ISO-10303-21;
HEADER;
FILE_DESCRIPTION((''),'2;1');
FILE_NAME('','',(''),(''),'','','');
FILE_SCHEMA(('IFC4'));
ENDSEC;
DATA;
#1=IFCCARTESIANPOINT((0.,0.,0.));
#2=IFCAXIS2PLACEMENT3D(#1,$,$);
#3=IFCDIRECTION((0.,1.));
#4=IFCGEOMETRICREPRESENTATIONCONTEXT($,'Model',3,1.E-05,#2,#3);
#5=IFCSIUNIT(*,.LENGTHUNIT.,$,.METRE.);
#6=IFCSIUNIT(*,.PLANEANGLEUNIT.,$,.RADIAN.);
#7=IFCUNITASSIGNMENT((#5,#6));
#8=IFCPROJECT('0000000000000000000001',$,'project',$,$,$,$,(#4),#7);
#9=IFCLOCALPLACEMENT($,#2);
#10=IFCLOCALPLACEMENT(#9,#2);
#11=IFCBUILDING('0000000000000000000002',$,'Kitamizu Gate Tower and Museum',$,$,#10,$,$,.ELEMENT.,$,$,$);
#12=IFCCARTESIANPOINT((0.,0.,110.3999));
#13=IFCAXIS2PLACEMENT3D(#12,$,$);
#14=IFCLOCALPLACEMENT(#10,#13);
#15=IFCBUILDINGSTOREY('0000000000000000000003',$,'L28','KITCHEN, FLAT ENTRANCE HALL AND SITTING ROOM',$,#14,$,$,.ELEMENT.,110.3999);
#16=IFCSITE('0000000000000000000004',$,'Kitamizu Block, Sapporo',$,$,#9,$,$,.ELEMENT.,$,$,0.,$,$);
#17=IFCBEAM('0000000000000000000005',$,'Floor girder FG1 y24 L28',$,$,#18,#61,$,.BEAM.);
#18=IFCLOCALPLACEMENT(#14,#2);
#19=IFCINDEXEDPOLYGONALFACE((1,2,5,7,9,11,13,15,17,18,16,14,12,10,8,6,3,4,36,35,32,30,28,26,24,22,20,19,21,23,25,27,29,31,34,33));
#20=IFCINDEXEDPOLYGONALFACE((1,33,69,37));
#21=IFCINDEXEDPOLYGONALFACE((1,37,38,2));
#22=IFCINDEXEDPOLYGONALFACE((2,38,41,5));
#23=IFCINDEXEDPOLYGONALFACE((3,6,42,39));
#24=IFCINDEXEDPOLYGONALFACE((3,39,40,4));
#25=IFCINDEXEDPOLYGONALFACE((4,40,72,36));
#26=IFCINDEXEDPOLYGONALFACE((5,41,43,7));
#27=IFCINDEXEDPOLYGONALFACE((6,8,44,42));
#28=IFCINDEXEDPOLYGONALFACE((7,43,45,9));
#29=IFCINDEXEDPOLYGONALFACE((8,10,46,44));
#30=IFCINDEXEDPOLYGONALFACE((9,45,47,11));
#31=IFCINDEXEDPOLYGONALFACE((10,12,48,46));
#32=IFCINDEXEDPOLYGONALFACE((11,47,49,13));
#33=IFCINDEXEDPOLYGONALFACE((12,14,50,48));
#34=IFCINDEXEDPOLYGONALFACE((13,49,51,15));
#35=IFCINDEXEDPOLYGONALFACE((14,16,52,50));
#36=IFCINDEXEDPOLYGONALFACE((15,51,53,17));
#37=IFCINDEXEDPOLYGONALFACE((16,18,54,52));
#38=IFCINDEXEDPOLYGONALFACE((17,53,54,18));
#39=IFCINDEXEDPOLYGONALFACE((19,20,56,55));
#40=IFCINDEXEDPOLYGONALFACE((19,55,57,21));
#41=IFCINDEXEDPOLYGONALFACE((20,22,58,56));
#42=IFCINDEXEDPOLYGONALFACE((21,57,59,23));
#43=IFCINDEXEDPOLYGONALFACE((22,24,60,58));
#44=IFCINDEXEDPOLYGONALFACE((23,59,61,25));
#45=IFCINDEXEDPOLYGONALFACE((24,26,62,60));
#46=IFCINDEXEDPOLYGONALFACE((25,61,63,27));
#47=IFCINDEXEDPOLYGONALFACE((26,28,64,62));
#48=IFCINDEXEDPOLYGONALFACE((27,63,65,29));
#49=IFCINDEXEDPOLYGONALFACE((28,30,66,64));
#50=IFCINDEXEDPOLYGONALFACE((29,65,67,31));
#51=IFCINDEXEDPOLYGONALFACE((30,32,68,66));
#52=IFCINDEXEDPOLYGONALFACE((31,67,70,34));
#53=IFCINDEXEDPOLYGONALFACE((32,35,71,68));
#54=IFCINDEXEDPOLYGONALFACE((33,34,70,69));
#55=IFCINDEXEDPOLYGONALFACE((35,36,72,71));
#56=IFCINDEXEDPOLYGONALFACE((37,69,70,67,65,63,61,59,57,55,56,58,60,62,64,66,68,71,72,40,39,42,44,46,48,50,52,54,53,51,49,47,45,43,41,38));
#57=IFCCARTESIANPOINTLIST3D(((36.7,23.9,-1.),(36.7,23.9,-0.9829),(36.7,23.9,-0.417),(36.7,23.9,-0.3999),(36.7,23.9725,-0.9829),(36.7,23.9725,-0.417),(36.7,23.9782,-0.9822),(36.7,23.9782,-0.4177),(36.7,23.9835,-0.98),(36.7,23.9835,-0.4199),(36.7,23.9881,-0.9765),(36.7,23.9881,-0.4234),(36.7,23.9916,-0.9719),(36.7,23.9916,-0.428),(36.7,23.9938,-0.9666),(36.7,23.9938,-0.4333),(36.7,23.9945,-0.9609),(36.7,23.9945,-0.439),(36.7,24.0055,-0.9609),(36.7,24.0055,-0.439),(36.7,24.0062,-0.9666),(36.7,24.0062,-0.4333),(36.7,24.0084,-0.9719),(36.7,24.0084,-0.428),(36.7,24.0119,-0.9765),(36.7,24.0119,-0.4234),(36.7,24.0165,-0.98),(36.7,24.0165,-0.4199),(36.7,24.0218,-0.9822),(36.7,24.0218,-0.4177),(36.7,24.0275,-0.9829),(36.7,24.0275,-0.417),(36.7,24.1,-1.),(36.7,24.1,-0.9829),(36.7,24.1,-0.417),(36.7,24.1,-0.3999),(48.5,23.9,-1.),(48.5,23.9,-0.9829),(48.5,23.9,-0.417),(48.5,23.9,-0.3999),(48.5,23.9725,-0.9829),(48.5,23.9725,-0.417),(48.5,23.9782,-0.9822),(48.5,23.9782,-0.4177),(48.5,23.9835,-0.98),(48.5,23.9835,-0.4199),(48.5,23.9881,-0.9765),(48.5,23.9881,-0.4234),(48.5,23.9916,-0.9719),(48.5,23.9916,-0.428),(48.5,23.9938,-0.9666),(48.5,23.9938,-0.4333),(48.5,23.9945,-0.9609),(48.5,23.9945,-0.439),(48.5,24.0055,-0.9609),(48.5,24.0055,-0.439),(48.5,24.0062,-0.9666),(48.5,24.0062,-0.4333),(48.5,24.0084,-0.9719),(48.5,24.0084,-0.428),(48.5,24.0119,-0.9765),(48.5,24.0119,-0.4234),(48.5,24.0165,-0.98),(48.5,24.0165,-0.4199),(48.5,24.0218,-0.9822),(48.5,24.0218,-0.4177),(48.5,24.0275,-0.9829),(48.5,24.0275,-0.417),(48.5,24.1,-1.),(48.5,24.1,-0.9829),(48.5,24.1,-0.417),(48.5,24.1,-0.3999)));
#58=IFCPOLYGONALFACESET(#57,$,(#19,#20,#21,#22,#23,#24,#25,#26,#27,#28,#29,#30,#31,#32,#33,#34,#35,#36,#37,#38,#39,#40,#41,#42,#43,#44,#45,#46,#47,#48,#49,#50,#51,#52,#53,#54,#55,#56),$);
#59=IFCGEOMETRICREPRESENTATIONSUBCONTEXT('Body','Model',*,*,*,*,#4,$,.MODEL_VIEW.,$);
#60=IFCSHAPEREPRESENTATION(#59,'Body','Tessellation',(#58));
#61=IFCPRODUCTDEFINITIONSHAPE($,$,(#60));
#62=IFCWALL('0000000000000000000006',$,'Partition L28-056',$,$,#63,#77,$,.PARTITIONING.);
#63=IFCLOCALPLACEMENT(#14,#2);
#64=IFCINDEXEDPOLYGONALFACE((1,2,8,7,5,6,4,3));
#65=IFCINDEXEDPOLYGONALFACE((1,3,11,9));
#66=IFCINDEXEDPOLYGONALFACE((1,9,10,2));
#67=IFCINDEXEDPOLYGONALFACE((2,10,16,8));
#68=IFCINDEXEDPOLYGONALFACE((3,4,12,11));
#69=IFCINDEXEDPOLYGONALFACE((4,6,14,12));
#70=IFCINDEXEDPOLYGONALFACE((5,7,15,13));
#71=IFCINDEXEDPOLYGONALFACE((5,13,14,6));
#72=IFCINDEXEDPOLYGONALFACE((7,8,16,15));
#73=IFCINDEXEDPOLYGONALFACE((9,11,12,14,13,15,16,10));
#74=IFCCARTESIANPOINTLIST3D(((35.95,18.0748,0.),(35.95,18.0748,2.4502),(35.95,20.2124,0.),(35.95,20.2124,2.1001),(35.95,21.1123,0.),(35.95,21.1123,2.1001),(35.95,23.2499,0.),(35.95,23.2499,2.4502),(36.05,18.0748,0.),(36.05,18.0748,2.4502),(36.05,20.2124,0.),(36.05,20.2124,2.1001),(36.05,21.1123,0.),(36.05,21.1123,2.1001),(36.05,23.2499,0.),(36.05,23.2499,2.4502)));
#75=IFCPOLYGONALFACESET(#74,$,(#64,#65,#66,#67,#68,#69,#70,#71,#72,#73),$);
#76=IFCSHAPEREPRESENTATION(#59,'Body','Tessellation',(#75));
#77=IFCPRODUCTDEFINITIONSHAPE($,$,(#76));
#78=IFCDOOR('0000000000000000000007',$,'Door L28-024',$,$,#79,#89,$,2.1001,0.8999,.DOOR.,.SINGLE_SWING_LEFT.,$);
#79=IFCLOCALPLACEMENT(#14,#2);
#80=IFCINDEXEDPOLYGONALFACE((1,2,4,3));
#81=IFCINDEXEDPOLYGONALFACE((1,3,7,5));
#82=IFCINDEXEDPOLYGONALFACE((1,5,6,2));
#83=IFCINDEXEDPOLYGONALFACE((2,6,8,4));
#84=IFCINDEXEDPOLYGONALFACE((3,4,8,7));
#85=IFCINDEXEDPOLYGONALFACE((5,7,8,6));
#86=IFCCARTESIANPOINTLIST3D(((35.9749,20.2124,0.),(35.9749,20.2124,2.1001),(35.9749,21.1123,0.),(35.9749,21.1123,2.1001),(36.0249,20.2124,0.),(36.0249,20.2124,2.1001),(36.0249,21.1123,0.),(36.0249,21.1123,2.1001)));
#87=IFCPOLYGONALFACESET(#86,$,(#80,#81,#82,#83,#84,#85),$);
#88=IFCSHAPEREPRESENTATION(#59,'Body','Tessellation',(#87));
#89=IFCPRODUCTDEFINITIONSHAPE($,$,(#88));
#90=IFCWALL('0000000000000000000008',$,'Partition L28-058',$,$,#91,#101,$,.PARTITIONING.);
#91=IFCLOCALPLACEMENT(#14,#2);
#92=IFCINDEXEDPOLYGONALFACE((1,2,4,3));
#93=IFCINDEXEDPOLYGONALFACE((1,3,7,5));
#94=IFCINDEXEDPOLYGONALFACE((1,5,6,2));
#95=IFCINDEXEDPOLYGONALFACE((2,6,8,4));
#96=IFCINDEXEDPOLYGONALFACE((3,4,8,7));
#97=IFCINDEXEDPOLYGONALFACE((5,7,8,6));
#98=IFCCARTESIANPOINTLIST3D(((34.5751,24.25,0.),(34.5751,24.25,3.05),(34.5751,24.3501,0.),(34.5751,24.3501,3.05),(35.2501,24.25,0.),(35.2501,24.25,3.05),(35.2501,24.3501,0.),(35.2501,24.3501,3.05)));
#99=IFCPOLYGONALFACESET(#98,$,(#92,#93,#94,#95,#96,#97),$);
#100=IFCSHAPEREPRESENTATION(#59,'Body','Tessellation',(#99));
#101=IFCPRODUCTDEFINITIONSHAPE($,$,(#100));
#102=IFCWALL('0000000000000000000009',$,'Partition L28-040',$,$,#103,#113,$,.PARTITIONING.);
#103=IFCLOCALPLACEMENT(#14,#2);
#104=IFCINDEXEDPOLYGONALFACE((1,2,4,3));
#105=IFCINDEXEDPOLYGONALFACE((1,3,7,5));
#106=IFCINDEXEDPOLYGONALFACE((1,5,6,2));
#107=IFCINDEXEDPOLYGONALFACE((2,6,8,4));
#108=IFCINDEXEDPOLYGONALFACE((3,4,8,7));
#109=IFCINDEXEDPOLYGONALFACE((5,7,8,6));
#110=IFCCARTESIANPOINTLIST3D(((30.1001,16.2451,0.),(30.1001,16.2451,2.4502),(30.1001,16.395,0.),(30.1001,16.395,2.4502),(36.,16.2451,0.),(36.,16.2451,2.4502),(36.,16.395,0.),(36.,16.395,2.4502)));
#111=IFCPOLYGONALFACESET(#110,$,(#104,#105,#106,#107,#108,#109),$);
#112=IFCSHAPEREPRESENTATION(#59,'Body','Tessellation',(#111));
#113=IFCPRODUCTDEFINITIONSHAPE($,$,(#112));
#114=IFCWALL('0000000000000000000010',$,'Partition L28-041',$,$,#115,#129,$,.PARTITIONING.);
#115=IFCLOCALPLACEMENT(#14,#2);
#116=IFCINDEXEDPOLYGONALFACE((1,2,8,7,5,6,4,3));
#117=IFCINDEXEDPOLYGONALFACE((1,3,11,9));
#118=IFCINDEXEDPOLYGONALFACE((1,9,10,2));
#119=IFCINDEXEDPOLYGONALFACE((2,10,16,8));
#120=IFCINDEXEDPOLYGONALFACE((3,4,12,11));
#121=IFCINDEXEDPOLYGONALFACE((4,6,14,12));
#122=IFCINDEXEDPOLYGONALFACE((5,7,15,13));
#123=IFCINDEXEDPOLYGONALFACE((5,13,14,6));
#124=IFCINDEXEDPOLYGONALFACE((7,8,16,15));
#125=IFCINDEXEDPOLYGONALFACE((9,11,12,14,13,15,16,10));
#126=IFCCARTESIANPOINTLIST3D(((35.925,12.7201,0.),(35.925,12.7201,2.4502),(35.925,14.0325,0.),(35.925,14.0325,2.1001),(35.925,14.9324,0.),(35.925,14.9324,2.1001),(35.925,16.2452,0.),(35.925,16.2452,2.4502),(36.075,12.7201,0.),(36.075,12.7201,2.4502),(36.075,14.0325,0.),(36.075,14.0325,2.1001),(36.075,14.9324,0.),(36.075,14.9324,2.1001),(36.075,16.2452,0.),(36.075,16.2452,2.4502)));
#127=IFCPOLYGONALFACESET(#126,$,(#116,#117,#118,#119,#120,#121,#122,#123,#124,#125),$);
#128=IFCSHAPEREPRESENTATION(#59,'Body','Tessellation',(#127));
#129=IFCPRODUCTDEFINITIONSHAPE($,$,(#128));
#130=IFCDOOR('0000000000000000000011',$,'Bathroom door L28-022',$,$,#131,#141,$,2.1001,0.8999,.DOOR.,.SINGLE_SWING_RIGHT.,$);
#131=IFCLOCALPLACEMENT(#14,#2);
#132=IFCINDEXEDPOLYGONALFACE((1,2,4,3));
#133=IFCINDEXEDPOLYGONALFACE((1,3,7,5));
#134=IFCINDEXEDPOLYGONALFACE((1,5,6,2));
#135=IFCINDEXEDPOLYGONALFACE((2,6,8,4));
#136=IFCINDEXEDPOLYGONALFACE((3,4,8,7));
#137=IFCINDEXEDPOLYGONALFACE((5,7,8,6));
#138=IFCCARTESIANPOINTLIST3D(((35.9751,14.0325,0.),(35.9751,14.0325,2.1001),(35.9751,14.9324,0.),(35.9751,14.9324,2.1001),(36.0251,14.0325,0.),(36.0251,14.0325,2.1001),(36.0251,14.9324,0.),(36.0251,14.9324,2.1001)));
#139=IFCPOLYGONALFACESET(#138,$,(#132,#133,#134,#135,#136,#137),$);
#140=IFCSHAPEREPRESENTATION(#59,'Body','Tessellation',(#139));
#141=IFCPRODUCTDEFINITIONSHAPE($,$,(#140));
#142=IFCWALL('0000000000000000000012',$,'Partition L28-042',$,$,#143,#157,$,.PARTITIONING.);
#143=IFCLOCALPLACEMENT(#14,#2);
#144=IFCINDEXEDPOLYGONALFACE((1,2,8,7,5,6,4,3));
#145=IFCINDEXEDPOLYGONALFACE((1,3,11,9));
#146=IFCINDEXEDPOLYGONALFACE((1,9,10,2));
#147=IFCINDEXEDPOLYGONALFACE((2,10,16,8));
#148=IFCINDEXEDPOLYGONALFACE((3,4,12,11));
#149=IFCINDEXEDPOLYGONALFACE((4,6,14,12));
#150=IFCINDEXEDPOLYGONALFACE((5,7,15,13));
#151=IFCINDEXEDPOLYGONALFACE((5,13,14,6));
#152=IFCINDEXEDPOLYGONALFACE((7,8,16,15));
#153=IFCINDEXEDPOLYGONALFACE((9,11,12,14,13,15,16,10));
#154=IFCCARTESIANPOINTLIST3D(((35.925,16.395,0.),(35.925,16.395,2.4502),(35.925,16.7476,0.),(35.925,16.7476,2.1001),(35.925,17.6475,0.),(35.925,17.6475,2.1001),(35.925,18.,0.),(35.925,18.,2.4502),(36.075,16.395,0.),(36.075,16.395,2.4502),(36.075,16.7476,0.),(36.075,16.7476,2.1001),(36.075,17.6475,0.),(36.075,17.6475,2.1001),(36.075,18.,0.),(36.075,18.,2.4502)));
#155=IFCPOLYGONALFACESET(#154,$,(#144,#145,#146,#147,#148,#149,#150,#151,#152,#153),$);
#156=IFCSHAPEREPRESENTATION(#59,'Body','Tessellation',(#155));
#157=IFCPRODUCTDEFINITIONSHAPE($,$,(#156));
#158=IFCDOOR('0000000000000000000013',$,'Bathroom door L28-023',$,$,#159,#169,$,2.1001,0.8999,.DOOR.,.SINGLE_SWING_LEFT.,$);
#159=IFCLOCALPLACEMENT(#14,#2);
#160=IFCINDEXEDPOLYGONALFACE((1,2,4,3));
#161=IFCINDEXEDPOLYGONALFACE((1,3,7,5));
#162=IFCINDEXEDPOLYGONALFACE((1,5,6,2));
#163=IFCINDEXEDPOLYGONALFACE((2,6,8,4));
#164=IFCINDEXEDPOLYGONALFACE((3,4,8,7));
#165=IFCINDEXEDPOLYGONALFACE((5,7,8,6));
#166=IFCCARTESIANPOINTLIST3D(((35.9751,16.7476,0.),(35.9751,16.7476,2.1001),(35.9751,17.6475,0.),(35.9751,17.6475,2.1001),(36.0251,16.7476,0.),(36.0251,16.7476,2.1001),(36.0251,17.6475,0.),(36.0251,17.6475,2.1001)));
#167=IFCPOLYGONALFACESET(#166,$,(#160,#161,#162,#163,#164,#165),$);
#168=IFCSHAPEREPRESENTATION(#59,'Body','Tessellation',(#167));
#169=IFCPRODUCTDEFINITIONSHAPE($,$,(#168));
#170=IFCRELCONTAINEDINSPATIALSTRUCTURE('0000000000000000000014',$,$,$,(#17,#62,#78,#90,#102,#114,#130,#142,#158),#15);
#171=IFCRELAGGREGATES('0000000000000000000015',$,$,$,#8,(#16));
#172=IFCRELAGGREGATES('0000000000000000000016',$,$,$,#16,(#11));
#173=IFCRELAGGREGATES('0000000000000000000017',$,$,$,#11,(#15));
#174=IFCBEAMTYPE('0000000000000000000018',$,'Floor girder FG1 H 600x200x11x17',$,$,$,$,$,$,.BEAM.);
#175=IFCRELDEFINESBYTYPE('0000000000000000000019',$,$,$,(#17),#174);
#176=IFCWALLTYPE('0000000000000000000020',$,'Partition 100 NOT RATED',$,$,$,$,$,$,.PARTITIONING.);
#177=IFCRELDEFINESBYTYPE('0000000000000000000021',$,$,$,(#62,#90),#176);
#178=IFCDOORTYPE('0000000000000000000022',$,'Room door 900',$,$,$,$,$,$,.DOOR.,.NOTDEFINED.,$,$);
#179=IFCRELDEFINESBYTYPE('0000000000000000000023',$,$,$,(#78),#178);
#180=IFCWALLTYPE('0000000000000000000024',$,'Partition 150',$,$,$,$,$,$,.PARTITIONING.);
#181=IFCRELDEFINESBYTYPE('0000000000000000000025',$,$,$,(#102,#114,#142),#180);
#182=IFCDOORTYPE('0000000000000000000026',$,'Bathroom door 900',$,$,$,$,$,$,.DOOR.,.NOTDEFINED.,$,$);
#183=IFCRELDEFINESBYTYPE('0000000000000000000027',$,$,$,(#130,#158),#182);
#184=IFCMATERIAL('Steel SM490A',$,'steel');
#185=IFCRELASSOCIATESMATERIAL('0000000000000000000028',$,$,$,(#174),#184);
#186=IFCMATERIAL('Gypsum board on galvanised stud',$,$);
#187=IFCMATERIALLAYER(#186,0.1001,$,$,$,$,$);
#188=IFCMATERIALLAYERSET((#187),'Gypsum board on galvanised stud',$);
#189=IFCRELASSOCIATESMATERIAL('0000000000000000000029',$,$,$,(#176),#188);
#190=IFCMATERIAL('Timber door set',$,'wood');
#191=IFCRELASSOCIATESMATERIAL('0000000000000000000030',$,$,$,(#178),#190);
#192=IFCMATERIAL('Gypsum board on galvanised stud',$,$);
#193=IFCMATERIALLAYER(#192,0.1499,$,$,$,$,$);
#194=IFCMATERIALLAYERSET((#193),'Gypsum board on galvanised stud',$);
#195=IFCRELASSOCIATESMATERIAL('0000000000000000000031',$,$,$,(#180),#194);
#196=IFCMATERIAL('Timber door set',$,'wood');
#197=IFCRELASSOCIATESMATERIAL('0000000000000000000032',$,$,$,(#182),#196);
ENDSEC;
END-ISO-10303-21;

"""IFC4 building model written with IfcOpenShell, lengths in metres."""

from ifc_helpers import new_model, si_unit, direction, frame, frame_2d, origin, origin_2d, place, context, subcontext, project, spatial, rectangle, i_section, extrude, material, layer, layer_set, material_profile, profile_set, type_object, element, fill, save


model = new_model("IFC4")

# Units and contexts
model_context = context("Model", 3, precision=1e-05, world=origin(), true_north=direction((0.0, 1.0)))
body_context = subcontext(model_context, "Body", "Model", "MODEL_VIEW")
ifc_project = project(units=[si_unit("LENGTHUNIT", "METRE"), si_unit("PLANEANGLEUNIT", "RADIAN")], contexts=[model_context])

# Site, building, storey
site_placement = place(None, origin())
site = spatial("IfcSite", under=ifc_project, at=site_placement, Name="Kitamizu Block, Sapporo", CompositionType="ELEMENT", RefElevation=0.0)
building_placement = place(site_placement, origin())
building = spatial("IfcBuilding", under=site, at=building_placement, Name="Kitamizu Gate Tower and Museum", CompositionType="ELEMENT")
storey_placement = place(building_placement, frame((0.0, 0.0, 110.3999)))
storey = spatial("IfcBuildingStorey", under=building, at=storey_placement, Name="L28", Description="KITCHEN, FLAT ENTRANCE HALL AND SITTING ROOM", CompositionType="ELEMENT", Elevation=110.3999)

# Beam
ifc_material_1 = material(Name="Steel SM490A", Category="steel")
ifc_material_profile_1 = material_profile(ifc_material_1, i_section(OverallWidth=0.2, OverallDepth=0.6001, WebThickness=0.011, FlangeThickness=0.0171, FilletRadius=0.022, at=origin_2d()), Name="H-600x200x11x17")
ifc_profile_set_1 = profile_set([ifc_material_profile_1], Name="Steel SM490A")
beam_type_1 = type_object("IfcBeamType", Name="Floor girder FG1 H 600x200x11x17", PredefinedType="BEAM", material=ifc_profile_set_1)
beam_1_placement = place(storey_placement, frame((36.7, 24.0, -0.7), z_axis=(1.0, 0.0, 0.0), x_axis=(0.0, 1.0, 0.0)))
element("IfcBeam", 1, at=beam_1_placement, inside=storey, type_object=beam_type_1, Name="Floor girder FG1 y24 L28", PredefinedType="BEAM", context=body_context, shape_type="SweptSolid", body=[
    extrude(i_section(OverallWidth=0.2, OverallDepth=0.6001, WebThickness=0.011, FlangeThickness=0.0171, FilletRadius=0.022, at=origin_2d()), origin(), (0.0, 0.0, 1.0), 11.8),
])

# Wall, opening, door
ifc_material_2 = material(Name="Gypsum board on galvanised stud")
ifc_layer_1 = layer(ifc_material_2, 0.1001)
ifc_layer_set_1 = layer_set([ifc_layer_1], Name="Gypsum board on galvanised stud")
wall_type_1 = type_object("IfcWallType", Name="Partition 100 NOT RATED", PredefinedType="PARTITIONING", material=ifc_layer_set_1)
wall_1_placement = place(storey_placement, frame((36.0, 18.075, 0.0), z_axis=(0.0, 0.0, 1.0), x_axis=(0.0, 1.0, 0.0)))
wall_1 = element("IfcWall", 2, at=wall_1_placement, inside=storey, type_object=wall_type_1, Name="Partition L28-056", PredefinedType="PARTITIONING", context=body_context, shape_type="SweptSolid", body=[
    extrude(rectangle(XDim=5.175, YDim=0.1001, at=frame_2d((2.5874, 0.0))), origin(), (0.0, 0.0, 1.0), 2.4502),
])
opening_1_placement = place(wall_1_placement, frame((2.1375, 0.0, 0.0)))
opening_1 = element("IfcOpeningElement", 3, at=opening_1_placement, cuts=wall_1, PredefinedType="OPENING", context=body_context, shape_type="SweptSolid", body=[
    extrude(rectangle(XDim=0.8999, YDim=2.1001, at=frame_2d((0.45, 1.05))), frame((0.0, 0.0601, 0.0), z_axis=(0.0, -1.0, 0.0), x_axis=(1.0, 0.0, 0.0)), (0.0, 0.0, 1.0), 0.1201),
])
ifc_material_3 = material(Name="Timber door set", Category="wood")
door_type_1 = type_object("IfcDoorType", Name="Room door 900", OperationType="NOTDEFINED", PredefinedType="DOOR", material=ifc_material_3)
door_1_placement = place(opening_1_placement, frame((0.8999, 0.0, 0.0), x_axis=(-1.0, 0.0, 0.0)))
door_1 = element("IfcDoor", 4, at=door_1_placement, inside=storey, type_object=door_type_1, Name="Door L28-024", OperationType="SINGLE_SWING_LEFT", OverallHeight=2.1001, OverallWidth=0.8999, PredefinedType="DOOR", context=body_context, shape_type="SweptSolid", body=[
    extrude(rectangle(XDim=0.8999, YDim=2.1001, at=frame_2d((0.45, 1.05))), frame((0.0, 0.0249, 0.0), z_axis=(0.0, -1.0, 0.0), x_axis=(1.0, 0.0, 0.0)), (0.0, 0.0, 1.0), 0.05),
])
fill(opening_1, door_1)

# Walls
wall_2_placement = place(storey_placement, frame((35.25, 24.3, 0.0), z_axis=(0.0, 0.0, 1.0), x_axis=(-1.0, 0.0, 0.0)))
element("IfcWall", 5, at=wall_2_placement, inside=storey, type_object=wall_type_1, Name="Partition L28-058", PredefinedType="PARTITIONING", context=body_context, shape_type="SweptSolid", body=[
    extrude(rectangle(XDim=0.675, YDim=0.1001, at=frame_2d((0.3374, 0.0))), origin(), (0.0, 0.0, 1.0), 3.05),
])
ifc_material_4 = material(Name="Gypsum board on galvanised stud")
ifc_layer_2 = layer(ifc_material_4, 0.1499)
ifc_layer_set_2 = layer_set([ifc_layer_2], Name="Gypsum board on galvanised stud")
wall_type_2 = type_object("IfcWallType", Name="Partition 150", PredefinedType="PARTITIONING", material=ifc_layer_set_2)
wall_3_placement = place(storey_placement, frame((36.0, 16.3201, 0.0), z_axis=(0.0, 0.0, 1.0), x_axis=(-1.0, 0.0, 0.0)))
element("IfcWall", 6, at=wall_3_placement, inside=storey, type_object=wall_type_2, Name="Partition L28-040", PredefinedType="PARTITIONING", context=body_context, shape_type="SweptSolid", body=[
    extrude(rectangle(XDim=5.8999, YDim=0.1499, at=frame_2d((2.95, 0.0))), origin(), (0.0, 0.0, 1.0), 2.4502),
])

# Walls, openings, doors
wall_4_placement = place(storey_placement, frame((36.0, 12.72, 0.0), z_axis=(0.0, 0.0, 1.0), x_axis=(0.0, 1.0, 0.0)))
wall_4 = element("IfcWall", 7, at=wall_4_placement, inside=storey, type_object=wall_type_2, Name="Partition L28-041", PredefinedType="PARTITIONING", context=body_context, shape_type="SweptSolid", body=[
    extrude(rectangle(XDim=3.5251, YDim=0.1499, at=frame_2d((1.7627, 0.0))), origin(), (0.0, 0.0, 1.0), 2.4502),
])
opening_2_placement = place(wall_4_placement, frame((1.3125, 0.0, 0.0)))
opening_2 = element("IfcOpeningElement", 8, at=opening_2_placement, cuts=wall_4, PredefinedType="OPENING", context=body_context, shape_type="SweptSolid", body=[
    extrude(rectangle(XDim=0.8999, YDim=2.1001, at=frame_2d((0.45, 1.05))), frame((0.0, 0.085, 0.0), z_axis=(0.0, -1.0, 0.0), x_axis=(1.0, 0.0, 0.0)), (0.0, 0.0, 1.0), 0.1699),
])
ifc_material_5 = material(Name="Timber door set", Category="wood")
door_type_2 = type_object("IfcDoorType", Name="Bathroom door 900", OperationType="NOTDEFINED", PredefinedType="DOOR", material=ifc_material_5)
door_2_placement = place(opening_2_placement, origin())
door_2 = element("IfcDoor", 9, at=door_2_placement, inside=storey, type_object=door_type_2, Name="Bathroom door L28-022", OperationType="SINGLE_SWING_RIGHT", OverallHeight=2.1001, OverallWidth=0.8999, PredefinedType="DOOR", context=body_context, shape_type="SweptSolid", body=[
    extrude(rectangle(XDim=0.8999, YDim=2.1001, at=frame_2d((0.45, 1.05))), frame((0.0, 0.0249, 0.0), z_axis=(0.0, -1.0, 0.0), x_axis=(1.0, 0.0, 0.0)), (0.0, 0.0, 1.0), 0.05),
])
fill(opening_2, door_2)
wall_5_placement = place(storey_placement, frame((36.0, 16.395, 0.0), z_axis=(0.0, 0.0, 1.0), x_axis=(0.0, 1.0, 0.0)))
wall_5 = element("IfcWall", 10, at=wall_5_placement, inside=storey, type_object=wall_type_2, Name="Partition L28-042", PredefinedType="PARTITIONING", context=body_context, shape_type="SweptSolid", body=[
    extrude(rectangle(XDim=1.605, YDim=0.1499, at=frame_2d((0.8025, 0.0))), origin(), (0.0, 0.0, 1.0), 2.4502),
])
opening_3_placement = place(wall_5_placement, frame((0.3525, 0.0, 0.0)))
opening_3 = element("IfcOpeningElement", 11, at=opening_3_placement, cuts=wall_5, PredefinedType="OPENING", context=body_context, shape_type="SweptSolid", body=[
    extrude(rectangle(XDim=0.8999, YDim=2.1001, at=frame_2d((0.45, 1.05))), frame((0.0, 0.085, 0.0), z_axis=(0.0, -1.0, 0.0), x_axis=(1.0, 0.0, 0.0)), (0.0, 0.0, 1.0), 0.1699),
])
door_3_placement = place(opening_3_placement, origin())
door_3 = element("IfcDoor", 12, at=door_3_placement, inside=storey, type_object=door_type_2, Name="Bathroom door L28-023", OperationType="SINGLE_SWING_LEFT", OverallHeight=2.1001, OverallWidth=0.8999, PredefinedType="DOOR", context=body_context, shape_type="SweptSolid", body=[
    extrude(rectangle(XDim=0.8999, YDim=2.1001, at=frame_2d((0.45, 1.05))), frame((0.0, 0.0249, 0.0), z_axis=(0.0, -1.0, 0.0), x_axis=(1.0, 0.0, 0.0)), (0.0, 0.0, 1.0), 0.05),
])
fill(opening_3, door_3)

save(model, "model.ifc")
